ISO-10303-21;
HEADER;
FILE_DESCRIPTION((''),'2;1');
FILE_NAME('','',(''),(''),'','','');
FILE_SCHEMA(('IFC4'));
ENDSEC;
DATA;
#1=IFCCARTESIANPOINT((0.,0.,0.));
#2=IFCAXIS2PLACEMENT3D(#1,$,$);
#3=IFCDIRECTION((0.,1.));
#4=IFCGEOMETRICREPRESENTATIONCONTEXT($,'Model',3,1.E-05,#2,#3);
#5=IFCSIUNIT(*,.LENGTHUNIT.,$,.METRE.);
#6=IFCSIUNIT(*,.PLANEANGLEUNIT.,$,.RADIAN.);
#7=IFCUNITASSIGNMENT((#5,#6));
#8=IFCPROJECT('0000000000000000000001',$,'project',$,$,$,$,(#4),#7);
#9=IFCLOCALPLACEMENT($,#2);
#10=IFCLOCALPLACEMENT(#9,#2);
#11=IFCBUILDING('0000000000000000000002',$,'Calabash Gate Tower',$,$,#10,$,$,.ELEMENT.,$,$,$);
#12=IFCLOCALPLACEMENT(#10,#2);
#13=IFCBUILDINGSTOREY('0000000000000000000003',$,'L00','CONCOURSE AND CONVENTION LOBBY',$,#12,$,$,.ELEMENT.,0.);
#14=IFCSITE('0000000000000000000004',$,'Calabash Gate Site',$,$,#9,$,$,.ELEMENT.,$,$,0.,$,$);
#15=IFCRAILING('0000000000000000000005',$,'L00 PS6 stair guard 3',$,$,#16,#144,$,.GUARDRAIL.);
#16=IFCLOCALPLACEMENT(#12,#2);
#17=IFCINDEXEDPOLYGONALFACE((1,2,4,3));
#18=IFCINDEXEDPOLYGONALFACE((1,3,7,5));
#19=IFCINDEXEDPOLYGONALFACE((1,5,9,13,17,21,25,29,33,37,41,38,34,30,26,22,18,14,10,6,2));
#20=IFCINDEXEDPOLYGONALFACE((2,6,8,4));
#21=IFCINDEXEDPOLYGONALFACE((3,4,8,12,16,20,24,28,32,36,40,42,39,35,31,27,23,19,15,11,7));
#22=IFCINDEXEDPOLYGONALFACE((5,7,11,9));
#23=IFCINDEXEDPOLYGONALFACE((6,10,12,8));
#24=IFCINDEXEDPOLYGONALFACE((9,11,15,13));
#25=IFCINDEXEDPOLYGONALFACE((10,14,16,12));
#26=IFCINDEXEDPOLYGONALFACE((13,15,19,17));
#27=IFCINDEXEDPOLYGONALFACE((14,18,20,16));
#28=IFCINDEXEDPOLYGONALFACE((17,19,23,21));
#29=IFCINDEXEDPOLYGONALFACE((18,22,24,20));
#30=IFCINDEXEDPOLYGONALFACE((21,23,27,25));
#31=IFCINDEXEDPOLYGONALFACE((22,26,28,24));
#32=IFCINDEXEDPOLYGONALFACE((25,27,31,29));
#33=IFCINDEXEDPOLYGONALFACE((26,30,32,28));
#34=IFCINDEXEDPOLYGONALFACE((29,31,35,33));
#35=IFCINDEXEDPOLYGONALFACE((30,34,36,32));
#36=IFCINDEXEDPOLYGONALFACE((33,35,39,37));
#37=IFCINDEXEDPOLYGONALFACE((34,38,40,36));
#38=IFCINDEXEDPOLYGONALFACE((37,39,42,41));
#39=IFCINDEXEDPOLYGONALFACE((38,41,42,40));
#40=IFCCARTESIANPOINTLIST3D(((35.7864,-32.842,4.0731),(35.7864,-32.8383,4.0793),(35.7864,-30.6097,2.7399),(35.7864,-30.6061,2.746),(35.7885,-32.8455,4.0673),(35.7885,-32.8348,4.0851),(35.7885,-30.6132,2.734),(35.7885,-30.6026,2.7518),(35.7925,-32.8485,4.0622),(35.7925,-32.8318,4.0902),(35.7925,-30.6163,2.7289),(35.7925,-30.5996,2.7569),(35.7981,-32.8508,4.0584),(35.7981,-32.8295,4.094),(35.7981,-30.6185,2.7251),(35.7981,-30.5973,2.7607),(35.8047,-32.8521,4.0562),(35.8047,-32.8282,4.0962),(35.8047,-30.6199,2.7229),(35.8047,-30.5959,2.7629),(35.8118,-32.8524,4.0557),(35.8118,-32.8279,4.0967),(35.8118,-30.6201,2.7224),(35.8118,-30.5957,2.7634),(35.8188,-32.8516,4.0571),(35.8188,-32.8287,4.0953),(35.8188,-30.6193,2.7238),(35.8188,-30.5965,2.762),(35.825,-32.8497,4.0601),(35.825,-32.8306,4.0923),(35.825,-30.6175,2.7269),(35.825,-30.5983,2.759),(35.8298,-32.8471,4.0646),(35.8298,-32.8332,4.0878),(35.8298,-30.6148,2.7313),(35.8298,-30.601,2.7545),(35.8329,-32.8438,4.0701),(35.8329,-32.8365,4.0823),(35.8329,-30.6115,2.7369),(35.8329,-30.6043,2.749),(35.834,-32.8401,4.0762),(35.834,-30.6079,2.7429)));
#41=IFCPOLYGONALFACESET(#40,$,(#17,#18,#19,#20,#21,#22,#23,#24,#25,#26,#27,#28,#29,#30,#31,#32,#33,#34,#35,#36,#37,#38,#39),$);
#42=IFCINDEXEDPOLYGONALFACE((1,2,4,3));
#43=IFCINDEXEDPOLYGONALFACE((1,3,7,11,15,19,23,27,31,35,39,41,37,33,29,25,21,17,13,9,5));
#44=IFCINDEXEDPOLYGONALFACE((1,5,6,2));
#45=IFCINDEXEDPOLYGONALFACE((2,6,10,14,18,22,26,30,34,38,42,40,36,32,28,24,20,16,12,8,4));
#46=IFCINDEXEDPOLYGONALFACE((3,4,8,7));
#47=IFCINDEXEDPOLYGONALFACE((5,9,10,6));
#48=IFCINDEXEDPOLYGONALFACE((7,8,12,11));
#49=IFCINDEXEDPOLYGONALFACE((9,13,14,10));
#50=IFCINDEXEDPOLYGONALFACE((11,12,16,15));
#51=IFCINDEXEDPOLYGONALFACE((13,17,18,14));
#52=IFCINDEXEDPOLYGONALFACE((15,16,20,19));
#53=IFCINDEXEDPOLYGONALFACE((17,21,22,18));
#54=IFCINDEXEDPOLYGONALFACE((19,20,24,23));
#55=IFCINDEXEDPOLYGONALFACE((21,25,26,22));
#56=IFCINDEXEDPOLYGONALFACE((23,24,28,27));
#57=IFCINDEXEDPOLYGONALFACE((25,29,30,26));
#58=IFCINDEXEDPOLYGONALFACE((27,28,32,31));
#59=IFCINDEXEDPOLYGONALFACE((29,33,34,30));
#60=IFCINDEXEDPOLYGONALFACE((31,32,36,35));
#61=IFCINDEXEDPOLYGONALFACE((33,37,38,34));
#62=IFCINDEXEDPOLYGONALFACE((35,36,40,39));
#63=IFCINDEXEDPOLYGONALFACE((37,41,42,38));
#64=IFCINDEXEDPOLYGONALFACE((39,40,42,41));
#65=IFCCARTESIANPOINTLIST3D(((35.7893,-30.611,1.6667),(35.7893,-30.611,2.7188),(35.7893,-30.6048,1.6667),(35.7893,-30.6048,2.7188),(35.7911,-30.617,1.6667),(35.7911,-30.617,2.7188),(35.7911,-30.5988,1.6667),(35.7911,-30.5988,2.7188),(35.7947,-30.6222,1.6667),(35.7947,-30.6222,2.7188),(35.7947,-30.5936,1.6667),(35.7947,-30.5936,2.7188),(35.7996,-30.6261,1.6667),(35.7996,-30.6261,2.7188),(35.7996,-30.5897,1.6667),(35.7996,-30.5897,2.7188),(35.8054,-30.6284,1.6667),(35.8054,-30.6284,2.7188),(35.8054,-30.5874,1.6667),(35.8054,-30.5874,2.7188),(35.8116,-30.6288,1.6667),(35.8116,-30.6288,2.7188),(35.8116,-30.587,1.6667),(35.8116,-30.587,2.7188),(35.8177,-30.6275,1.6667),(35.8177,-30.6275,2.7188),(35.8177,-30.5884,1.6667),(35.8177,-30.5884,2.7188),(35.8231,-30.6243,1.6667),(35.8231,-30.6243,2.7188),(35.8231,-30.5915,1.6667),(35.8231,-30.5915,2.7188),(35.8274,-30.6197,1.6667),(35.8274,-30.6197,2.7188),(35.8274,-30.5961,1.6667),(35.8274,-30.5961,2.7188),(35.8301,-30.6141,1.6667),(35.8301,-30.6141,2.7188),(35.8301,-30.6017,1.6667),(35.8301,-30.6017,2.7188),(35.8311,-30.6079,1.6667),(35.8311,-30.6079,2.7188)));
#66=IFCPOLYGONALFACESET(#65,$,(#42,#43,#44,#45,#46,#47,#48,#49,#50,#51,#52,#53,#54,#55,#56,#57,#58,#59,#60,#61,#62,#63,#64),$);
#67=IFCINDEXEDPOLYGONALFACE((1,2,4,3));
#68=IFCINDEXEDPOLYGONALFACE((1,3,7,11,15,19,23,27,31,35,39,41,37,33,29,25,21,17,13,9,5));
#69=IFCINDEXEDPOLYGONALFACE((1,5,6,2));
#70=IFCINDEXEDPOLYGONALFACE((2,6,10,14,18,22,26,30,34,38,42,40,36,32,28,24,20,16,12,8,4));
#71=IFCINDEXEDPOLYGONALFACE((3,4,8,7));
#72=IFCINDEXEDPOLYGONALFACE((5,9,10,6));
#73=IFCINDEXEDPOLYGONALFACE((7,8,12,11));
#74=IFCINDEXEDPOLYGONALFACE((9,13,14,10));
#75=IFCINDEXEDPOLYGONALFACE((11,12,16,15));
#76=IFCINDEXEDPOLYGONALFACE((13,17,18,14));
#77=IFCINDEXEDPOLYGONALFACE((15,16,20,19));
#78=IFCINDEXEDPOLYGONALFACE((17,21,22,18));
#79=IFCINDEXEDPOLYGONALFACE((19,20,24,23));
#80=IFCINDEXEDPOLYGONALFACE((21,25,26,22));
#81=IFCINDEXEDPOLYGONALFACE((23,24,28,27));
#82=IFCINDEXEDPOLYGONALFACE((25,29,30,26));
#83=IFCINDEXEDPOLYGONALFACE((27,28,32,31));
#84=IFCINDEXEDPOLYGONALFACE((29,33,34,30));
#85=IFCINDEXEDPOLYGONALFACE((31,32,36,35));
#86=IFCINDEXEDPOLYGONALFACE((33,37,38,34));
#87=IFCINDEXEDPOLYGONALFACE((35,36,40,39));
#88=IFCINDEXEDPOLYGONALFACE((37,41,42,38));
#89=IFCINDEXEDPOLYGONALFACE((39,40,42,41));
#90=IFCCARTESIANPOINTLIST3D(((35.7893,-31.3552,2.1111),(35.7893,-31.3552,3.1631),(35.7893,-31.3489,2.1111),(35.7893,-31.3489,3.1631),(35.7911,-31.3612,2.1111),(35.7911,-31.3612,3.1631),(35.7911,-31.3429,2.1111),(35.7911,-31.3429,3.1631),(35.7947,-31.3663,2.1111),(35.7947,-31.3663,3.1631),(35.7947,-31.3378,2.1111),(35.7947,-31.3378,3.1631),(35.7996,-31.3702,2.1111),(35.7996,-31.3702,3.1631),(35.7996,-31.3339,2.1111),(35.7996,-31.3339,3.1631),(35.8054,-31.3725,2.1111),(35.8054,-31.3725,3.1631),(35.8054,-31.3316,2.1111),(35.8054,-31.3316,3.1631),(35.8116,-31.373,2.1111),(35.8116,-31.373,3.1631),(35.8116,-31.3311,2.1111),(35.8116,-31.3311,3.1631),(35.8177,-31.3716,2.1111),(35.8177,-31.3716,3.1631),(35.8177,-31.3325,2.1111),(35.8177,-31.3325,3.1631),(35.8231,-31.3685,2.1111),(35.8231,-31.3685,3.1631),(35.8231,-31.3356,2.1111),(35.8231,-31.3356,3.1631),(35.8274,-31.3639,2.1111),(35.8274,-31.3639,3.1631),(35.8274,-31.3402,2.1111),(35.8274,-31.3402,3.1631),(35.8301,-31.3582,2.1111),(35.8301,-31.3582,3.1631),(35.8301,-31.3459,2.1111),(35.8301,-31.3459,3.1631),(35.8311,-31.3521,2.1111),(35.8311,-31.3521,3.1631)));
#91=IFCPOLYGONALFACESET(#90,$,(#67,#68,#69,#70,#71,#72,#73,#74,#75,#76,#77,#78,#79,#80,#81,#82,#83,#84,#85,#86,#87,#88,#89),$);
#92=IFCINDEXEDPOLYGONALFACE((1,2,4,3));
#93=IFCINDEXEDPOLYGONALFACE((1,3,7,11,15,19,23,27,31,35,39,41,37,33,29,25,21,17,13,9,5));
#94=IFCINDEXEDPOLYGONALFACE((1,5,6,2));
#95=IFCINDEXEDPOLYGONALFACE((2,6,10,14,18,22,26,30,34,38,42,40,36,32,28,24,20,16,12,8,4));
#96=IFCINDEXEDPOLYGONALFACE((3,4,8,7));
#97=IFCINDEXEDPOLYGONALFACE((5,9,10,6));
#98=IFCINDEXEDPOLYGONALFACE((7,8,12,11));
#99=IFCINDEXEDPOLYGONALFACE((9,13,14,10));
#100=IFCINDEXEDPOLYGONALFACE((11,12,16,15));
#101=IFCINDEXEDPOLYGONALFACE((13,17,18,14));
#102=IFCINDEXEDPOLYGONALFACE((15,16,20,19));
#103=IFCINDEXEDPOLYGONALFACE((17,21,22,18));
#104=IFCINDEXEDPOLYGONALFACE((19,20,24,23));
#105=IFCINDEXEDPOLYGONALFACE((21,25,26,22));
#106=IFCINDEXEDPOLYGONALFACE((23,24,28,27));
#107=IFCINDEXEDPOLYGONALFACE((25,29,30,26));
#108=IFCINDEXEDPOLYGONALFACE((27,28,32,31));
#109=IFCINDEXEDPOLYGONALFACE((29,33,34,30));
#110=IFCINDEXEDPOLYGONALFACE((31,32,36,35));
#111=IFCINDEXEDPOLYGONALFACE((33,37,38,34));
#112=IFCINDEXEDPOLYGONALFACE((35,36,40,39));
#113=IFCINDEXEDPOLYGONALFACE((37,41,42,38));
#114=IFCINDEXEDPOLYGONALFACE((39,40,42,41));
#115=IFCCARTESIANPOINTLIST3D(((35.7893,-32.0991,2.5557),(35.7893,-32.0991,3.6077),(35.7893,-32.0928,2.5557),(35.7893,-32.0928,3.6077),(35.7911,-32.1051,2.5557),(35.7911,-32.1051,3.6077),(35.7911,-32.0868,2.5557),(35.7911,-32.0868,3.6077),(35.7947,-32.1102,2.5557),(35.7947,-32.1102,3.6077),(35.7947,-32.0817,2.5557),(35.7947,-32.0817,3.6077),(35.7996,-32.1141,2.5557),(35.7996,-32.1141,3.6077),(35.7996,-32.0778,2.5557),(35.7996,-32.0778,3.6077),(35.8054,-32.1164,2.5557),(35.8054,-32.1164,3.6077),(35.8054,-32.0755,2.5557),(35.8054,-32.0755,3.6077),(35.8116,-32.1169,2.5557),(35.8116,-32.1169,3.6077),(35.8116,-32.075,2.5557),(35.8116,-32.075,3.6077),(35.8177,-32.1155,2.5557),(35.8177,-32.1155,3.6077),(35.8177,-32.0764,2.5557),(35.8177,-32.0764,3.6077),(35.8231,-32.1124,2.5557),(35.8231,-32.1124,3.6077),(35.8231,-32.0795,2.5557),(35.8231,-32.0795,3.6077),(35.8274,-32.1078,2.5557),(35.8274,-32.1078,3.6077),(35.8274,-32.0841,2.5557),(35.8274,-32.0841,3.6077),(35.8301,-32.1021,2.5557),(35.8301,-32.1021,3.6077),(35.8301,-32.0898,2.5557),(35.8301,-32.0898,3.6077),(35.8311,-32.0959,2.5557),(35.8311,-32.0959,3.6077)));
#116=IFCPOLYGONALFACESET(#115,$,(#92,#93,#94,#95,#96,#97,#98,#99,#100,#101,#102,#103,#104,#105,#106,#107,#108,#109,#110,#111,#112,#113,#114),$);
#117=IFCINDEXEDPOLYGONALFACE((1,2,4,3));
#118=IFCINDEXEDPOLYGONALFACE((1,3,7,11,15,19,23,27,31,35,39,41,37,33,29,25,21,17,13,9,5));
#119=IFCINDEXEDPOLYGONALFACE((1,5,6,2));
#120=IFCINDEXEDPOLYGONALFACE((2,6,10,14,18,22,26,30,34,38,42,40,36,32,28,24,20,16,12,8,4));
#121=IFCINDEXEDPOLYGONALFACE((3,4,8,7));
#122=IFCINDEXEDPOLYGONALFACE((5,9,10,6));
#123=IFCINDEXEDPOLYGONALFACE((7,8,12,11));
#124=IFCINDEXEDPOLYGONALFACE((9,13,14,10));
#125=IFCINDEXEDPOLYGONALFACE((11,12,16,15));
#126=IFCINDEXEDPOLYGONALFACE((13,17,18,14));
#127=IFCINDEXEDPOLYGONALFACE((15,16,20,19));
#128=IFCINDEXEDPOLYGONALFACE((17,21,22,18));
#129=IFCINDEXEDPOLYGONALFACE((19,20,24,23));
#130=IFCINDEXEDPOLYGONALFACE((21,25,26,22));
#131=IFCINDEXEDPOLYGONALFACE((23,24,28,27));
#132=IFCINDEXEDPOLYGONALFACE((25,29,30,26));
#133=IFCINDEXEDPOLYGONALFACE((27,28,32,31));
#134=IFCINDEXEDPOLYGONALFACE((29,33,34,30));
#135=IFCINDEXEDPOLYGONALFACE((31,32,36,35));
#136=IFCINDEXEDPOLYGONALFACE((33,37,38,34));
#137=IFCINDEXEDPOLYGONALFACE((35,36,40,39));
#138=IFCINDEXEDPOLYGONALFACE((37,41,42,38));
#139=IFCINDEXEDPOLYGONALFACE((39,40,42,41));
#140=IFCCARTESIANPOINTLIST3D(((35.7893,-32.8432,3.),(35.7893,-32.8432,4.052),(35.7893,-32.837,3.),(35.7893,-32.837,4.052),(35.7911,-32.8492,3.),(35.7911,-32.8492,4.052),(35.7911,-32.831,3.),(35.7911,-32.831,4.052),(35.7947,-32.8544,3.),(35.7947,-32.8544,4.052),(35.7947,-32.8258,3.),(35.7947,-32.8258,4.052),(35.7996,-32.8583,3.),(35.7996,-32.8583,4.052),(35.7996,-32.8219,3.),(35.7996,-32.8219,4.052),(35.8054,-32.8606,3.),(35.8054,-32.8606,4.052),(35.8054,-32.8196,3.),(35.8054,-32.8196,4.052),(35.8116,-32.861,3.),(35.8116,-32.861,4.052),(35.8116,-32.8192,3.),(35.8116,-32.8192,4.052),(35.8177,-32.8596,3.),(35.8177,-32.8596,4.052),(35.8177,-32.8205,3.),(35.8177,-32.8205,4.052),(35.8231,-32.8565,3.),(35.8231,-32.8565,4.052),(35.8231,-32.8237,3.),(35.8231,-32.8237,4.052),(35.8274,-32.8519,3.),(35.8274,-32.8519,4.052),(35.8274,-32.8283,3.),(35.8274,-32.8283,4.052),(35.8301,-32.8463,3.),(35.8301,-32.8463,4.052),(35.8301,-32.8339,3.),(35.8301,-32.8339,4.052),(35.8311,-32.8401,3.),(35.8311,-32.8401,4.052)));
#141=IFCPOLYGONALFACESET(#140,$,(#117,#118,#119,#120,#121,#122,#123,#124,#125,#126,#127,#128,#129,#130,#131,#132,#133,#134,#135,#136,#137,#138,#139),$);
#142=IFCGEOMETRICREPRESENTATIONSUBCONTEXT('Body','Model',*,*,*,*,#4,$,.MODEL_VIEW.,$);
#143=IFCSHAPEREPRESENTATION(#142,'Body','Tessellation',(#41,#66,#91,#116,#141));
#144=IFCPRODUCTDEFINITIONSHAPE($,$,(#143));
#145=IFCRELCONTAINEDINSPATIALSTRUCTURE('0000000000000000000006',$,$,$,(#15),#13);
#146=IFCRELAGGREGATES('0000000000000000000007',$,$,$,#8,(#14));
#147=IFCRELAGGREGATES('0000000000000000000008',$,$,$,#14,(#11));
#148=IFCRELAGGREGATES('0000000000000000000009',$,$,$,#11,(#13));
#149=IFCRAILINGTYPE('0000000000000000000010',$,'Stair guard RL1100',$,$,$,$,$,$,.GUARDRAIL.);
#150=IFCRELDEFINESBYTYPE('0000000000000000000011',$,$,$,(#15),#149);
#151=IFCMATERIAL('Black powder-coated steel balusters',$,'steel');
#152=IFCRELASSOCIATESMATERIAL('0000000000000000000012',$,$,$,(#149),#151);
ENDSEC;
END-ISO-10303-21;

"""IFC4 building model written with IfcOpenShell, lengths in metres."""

from ifc_helpers import new_model, si_unit, direction, frame, origin, origin_2d, place, context, subcontext, project, spatial, circle, extrude, material, type_object, element, save


model = new_model("IFC4")

# Units and contexts
model_context = context("Model", 3, precision=1e-05, world=origin(), true_north=direction((0.0, 1.0)))
body_context = subcontext(model_context, "Body", "Model", "MODEL_VIEW")
ifc_project = project(units=[si_unit("LENGTHUNIT", "METRE"), si_unit("PLANEANGLEUNIT", "RADIAN")], contexts=[model_context])

# Site, building, storey
site_placement = place(None, origin())
site = spatial("IfcSite", under=ifc_project, at=site_placement, Name="Calabash Gate Site", CompositionType="ELEMENT", RefElevation=0.0)
building_placement = place(site_placement, origin())
building = spatial("IfcBuilding", under=site, at=building_placement, Name="Calabash Gate Tower", CompositionType="ELEMENT")
storey_placement = place(building_placement, origin())
storey = spatial("IfcBuildingStorey", under=building, at=storey_placement, Name="L00", Description="CONCOURSE AND CONVENTION LOBBY", CompositionType="ELEMENT", Elevation=0.0)

# Railing
ifc_material_1 = material(Name="Black powder-coated steel balusters", Category="steel")
railing_type_1 = type_object("IfcRailingType", Name="Stair guard RL1100", PredefinedType="GUARDRAIL", material=ifc_material_1)
railing_placement = place(storey_placement, frame((35.8101, -30.6079, 1.6667)))
element("IfcRailing", 1, at=railing_placement, inside=storey, type_object=railing_type_1, Name="L00 PS6 stair guard 3", PredefinedType="GUARDRAIL", context=body_context, shape_type="SweptSolid", body=[
    extrude(circle(Radius=0.0239, at=origin_2d()), frame((0.0, 0.0, 1.0762), z_axis=(0.0, -0.858519, 0.512782), x_axis=(1.0, 0.0, 0.0)), (0.0, 0.0, 1.0), 2.6001),
    extrude(circle(Radius=0.021, at=origin_2d()), origin(), (0.0, 0.0, 1.0), 1.052),
    extrude(circle(Radius=0.021, at=origin_2d()), frame((0.0, -0.7441, 0.4443)), (0.0, 0.0, 1.0), 1.052),
    extrude(circle(Radius=0.021, at=origin_2d()), frame((0.0, -1.488, 0.8889)), (0.0, 0.0, 1.0), 1.052),
    extrude(circle(Radius=0.021, at=origin_2d()), frame((0.0, -2.2322, 1.3333)), (0.0, 0.0, 1.0), 1.052),
])

save(model, "model.ifc")
